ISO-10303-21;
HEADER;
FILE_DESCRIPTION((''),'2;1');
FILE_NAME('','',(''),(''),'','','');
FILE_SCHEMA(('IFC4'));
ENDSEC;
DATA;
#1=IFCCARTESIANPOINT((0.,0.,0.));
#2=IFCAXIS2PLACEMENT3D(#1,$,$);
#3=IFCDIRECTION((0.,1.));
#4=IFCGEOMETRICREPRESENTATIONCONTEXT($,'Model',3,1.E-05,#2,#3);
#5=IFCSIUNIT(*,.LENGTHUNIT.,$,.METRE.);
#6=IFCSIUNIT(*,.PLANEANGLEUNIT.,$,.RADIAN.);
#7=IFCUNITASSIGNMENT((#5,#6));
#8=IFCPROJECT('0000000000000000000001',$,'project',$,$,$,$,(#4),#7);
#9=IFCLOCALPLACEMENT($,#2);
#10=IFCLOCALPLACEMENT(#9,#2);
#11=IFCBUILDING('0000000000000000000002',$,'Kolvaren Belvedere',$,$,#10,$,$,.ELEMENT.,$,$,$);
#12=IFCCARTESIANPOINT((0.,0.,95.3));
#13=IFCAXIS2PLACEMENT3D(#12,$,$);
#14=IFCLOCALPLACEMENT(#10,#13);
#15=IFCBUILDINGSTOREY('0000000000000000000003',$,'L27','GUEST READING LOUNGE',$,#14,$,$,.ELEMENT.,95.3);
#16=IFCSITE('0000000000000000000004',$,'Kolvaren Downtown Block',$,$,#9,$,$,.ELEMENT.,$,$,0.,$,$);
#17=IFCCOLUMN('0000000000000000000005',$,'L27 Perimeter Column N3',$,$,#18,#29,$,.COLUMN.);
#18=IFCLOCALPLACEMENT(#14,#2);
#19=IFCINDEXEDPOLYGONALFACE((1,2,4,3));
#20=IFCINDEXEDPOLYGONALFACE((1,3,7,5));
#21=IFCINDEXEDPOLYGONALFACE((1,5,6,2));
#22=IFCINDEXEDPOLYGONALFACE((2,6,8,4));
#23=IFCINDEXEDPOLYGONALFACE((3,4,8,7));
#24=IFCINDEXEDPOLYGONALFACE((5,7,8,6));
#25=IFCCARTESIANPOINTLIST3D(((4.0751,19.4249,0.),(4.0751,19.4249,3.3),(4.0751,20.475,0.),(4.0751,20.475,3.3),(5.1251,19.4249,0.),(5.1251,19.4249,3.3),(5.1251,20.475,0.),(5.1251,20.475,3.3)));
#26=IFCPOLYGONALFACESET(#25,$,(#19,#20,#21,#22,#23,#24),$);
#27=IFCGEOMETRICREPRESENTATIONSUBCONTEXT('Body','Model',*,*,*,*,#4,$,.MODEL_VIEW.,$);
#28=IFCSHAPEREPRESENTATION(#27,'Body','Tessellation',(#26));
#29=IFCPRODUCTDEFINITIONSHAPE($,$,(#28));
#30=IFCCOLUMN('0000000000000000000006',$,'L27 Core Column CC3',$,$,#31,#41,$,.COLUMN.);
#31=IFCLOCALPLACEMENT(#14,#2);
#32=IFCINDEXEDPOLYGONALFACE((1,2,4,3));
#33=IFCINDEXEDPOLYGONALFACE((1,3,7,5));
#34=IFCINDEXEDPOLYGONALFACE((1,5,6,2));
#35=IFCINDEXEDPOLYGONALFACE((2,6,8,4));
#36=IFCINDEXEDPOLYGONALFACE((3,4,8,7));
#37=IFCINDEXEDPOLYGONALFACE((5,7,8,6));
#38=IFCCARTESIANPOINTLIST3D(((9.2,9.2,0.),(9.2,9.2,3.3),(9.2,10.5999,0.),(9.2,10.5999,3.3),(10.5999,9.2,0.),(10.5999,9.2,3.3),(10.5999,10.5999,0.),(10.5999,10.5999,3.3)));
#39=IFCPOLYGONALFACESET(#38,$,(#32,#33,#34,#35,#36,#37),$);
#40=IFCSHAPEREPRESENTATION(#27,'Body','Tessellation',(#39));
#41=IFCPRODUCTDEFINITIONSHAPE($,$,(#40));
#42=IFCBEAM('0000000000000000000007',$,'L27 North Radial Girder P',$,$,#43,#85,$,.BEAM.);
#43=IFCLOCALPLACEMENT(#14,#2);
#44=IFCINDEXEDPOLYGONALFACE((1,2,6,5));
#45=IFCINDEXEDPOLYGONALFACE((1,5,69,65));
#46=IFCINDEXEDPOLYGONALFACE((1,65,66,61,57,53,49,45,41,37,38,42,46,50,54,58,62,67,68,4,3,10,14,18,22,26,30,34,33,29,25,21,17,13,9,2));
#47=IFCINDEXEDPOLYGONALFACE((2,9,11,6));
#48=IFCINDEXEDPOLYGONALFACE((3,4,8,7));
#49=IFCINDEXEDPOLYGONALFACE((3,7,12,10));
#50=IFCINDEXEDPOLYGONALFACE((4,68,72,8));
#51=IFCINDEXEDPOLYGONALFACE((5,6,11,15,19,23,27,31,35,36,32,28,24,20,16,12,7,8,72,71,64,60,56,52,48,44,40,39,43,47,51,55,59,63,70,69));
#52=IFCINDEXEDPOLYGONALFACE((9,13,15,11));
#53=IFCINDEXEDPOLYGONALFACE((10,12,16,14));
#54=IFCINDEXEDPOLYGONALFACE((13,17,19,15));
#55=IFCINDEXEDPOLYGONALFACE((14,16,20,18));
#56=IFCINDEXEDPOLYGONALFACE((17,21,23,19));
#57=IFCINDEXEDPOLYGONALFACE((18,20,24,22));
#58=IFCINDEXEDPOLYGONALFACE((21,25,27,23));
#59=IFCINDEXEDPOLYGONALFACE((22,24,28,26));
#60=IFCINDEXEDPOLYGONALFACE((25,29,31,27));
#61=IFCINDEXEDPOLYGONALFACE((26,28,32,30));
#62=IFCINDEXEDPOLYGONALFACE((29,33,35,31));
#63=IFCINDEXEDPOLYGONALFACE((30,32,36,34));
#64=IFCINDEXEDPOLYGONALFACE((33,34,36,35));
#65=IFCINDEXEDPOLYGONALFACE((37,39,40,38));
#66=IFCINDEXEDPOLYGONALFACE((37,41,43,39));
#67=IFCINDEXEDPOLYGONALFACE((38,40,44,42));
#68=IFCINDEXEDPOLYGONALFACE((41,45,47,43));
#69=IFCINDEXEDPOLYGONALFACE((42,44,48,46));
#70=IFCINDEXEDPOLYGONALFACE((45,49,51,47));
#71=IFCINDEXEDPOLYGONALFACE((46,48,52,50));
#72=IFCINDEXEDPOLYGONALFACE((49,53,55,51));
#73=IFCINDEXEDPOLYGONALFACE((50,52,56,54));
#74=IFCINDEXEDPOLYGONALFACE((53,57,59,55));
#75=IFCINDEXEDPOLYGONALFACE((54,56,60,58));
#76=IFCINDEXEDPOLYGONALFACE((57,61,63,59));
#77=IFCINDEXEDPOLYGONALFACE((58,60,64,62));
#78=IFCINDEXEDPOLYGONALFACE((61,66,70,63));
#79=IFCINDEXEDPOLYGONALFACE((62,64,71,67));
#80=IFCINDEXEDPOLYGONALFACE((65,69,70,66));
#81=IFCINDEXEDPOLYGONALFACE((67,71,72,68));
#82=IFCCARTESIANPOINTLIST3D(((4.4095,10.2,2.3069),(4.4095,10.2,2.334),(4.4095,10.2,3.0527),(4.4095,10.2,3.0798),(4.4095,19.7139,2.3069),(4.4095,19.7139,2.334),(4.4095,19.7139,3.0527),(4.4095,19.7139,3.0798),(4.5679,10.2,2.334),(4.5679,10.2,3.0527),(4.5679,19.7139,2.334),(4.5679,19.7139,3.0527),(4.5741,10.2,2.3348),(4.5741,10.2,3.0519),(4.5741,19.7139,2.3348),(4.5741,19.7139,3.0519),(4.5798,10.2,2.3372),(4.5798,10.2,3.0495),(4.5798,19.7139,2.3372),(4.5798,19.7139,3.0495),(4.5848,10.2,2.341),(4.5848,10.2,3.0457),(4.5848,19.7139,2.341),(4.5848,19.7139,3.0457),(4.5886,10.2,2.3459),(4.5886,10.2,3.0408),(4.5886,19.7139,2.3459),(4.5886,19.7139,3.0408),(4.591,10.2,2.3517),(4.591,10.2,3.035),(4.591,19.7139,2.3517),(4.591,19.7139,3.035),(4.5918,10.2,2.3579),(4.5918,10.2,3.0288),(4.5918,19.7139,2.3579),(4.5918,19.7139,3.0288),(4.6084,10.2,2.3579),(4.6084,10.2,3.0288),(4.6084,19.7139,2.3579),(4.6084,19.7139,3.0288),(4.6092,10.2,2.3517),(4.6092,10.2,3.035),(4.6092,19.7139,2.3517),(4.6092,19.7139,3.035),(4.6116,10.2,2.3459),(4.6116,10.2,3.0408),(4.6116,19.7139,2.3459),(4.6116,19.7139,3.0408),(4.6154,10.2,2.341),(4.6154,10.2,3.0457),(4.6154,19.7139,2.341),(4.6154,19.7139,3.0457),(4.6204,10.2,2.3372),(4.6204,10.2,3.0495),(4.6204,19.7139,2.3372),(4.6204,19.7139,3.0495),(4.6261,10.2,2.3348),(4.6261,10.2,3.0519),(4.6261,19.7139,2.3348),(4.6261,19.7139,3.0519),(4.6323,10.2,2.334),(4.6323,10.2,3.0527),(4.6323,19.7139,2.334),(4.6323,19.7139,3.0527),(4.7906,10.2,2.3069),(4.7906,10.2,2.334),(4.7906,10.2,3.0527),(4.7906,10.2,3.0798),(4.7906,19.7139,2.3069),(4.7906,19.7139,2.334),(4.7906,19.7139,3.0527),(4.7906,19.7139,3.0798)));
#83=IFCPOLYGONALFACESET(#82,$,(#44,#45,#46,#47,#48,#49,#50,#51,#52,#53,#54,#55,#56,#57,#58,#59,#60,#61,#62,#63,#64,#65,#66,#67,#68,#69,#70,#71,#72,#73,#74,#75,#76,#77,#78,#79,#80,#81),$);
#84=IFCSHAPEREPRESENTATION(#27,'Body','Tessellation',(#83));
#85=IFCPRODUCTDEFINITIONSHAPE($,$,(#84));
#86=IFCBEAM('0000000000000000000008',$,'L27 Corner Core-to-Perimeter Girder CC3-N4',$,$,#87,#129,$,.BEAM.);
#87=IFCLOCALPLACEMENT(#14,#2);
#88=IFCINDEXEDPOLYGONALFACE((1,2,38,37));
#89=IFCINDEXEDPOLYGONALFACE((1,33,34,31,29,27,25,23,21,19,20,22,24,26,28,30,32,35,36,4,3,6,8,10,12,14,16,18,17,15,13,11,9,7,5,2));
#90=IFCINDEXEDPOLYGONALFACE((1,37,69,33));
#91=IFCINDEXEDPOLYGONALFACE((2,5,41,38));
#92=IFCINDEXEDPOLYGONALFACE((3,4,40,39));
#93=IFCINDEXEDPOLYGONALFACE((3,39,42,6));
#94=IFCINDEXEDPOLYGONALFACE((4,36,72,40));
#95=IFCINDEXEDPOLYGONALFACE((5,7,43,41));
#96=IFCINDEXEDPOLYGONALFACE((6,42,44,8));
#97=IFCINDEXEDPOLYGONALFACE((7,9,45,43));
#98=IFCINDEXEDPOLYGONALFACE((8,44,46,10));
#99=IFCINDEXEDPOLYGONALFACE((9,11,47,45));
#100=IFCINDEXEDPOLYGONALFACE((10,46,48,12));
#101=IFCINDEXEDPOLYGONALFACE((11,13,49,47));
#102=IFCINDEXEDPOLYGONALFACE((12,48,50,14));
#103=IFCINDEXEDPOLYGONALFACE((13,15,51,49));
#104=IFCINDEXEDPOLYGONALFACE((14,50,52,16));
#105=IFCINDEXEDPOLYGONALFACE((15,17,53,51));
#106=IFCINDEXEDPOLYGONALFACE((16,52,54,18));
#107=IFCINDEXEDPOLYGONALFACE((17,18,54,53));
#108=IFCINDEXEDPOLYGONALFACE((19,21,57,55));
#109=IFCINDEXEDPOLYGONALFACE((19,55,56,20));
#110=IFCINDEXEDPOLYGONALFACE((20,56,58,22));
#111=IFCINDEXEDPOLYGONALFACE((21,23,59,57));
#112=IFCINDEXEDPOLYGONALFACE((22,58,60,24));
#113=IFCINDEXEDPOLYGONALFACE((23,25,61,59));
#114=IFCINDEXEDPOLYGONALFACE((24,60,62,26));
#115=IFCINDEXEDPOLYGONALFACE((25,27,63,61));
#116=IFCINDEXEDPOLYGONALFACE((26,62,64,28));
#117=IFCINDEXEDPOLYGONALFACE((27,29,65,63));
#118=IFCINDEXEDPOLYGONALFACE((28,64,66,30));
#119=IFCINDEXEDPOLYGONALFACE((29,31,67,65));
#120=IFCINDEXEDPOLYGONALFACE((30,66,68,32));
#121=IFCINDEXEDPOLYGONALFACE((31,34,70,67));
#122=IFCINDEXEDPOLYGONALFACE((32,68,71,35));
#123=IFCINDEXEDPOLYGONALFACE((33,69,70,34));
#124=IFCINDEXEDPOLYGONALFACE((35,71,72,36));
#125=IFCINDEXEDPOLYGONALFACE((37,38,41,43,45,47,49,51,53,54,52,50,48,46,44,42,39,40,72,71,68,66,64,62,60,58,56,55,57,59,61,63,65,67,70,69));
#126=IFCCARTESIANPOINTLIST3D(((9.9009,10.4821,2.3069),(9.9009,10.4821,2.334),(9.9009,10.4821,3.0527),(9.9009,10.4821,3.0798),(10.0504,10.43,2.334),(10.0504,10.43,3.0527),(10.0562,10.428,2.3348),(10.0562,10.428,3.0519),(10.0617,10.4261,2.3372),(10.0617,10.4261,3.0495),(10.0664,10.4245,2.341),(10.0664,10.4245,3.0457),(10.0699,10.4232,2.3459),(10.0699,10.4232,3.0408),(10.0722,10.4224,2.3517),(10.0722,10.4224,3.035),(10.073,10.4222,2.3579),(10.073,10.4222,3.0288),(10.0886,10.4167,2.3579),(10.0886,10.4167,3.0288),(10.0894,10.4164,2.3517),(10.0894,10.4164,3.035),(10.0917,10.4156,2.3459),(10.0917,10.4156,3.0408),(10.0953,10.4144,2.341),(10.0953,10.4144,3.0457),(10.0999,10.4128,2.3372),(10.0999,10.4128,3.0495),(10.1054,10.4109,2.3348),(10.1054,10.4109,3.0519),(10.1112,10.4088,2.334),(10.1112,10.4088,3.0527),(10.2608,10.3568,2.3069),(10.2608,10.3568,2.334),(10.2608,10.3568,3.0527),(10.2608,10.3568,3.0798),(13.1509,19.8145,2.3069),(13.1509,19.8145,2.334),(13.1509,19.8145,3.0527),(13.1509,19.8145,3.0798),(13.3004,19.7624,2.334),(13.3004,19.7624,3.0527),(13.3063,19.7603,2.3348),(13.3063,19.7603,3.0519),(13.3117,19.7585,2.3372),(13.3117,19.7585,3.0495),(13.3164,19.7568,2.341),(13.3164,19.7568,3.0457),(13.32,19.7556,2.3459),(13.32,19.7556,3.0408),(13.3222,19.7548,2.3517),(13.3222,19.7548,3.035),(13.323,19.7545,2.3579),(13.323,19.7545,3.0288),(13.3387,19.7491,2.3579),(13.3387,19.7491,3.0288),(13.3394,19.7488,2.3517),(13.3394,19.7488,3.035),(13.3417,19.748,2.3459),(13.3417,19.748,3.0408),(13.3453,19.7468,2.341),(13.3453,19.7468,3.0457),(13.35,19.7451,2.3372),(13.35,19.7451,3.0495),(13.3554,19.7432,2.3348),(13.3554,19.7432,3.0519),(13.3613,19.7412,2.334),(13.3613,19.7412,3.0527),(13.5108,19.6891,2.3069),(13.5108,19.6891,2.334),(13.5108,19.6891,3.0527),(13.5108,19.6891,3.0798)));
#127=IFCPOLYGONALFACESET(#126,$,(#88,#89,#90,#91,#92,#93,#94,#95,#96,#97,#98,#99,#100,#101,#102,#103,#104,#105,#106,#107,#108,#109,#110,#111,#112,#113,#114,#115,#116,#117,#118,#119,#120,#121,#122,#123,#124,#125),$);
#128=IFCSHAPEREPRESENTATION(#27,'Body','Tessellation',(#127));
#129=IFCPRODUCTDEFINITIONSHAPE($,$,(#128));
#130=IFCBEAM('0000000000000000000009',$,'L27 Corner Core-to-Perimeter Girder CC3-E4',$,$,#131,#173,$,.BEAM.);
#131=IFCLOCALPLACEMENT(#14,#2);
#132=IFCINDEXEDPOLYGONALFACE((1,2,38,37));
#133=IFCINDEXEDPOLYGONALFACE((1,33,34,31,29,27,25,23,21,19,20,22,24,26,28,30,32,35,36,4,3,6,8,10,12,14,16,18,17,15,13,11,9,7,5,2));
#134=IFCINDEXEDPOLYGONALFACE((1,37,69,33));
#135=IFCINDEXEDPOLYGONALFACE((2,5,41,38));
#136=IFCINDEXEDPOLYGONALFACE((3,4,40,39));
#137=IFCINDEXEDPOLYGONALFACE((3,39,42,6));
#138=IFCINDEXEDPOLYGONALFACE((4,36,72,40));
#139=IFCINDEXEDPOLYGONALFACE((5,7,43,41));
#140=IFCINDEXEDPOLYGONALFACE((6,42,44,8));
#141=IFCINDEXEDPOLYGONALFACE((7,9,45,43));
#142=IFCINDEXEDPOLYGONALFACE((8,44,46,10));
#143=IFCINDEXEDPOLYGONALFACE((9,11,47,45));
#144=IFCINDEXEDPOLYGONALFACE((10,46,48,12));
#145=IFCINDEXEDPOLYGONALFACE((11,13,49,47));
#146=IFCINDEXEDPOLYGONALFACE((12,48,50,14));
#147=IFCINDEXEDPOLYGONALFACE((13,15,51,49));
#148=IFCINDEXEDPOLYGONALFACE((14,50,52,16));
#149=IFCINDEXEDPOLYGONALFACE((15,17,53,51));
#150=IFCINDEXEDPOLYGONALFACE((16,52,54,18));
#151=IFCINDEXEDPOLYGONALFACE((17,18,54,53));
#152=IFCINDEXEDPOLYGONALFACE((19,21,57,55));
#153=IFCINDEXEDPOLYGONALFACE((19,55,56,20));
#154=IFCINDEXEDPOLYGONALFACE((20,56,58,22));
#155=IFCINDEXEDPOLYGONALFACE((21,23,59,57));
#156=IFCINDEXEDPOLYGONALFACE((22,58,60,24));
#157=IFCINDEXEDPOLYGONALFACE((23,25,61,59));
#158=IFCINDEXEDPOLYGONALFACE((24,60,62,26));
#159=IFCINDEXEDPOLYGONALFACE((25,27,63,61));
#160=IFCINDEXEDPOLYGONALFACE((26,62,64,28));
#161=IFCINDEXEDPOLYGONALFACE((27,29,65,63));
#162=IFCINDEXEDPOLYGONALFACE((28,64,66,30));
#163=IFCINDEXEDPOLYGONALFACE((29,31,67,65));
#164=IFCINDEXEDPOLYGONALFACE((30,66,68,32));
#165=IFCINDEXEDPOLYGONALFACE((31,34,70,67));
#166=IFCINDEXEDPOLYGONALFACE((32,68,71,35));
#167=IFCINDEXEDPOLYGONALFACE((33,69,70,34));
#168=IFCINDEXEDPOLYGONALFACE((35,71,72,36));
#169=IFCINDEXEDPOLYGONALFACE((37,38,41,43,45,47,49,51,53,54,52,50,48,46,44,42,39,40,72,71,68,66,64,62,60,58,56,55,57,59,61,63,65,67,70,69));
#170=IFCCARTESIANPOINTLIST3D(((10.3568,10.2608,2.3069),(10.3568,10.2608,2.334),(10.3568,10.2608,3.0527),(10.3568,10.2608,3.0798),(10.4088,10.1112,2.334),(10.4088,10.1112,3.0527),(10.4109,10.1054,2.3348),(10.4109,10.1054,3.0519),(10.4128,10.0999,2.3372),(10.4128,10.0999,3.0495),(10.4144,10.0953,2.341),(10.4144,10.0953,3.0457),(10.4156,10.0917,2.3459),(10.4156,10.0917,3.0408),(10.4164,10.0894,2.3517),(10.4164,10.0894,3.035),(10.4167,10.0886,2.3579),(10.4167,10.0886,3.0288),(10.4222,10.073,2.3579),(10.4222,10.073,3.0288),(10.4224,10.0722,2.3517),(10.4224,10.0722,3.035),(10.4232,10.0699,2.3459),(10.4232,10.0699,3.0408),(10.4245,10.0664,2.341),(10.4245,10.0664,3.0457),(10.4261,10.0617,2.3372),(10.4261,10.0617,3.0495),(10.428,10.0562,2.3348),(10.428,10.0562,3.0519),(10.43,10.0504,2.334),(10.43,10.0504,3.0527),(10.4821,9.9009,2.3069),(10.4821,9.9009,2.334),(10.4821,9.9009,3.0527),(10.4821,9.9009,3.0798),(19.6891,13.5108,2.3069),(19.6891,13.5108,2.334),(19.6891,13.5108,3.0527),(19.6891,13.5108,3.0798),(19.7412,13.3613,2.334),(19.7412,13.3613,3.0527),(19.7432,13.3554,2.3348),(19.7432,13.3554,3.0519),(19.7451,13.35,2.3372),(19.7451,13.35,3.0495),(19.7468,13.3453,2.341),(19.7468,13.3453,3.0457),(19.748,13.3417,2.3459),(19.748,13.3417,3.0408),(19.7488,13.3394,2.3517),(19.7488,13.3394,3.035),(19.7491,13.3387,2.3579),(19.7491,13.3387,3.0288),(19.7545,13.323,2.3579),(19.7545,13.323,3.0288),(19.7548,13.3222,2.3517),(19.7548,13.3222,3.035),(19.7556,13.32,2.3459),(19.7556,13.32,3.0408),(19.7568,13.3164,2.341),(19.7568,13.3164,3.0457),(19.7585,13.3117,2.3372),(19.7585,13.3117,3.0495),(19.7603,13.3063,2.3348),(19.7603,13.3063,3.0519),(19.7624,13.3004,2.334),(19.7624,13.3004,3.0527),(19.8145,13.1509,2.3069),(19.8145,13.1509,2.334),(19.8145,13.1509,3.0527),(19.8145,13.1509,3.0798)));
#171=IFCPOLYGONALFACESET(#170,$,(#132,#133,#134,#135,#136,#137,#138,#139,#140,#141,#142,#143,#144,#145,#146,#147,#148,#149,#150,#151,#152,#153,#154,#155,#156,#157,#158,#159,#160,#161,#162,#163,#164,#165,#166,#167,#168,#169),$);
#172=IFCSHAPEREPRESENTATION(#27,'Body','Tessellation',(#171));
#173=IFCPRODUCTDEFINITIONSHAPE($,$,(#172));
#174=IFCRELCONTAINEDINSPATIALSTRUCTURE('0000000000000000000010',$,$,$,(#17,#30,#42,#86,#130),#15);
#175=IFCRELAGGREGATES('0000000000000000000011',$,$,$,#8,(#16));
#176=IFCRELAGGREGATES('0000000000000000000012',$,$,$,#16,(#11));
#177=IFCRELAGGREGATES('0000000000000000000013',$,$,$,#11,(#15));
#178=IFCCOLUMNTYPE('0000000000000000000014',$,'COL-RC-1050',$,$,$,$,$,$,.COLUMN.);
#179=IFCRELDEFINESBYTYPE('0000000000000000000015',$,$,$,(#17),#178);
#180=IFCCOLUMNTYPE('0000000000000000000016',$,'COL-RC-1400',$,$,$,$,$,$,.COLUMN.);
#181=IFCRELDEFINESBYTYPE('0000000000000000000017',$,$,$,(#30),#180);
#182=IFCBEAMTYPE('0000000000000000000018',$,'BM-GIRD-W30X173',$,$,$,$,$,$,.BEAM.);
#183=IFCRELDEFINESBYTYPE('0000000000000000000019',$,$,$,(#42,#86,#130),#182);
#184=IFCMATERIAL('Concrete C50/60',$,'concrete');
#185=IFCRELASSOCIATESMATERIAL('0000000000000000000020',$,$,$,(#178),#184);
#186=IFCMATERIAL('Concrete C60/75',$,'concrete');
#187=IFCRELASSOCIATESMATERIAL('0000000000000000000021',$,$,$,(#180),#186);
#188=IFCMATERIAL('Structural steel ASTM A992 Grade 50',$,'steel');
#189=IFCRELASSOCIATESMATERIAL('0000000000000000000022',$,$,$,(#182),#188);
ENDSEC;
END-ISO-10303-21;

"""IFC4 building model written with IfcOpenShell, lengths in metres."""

from ifc_helpers import new_model, si_unit, direction, frame, origin, origin_2d, place, context, subcontext, project, spatial, rectangle, i_section, extrude, material, material_profile, profile_set, type_object, element, save


model = new_model("IFC4")

# Units and contexts
model_context = context("Model", 3, precision=1e-05, world=origin(), true_north=direction((0.0, 1.0)))
body_context = subcontext(model_context, "Body", "Model", "MODEL_VIEW")
ifc_project = project(units=[si_unit("LENGTHUNIT", "METRE"), si_unit("PLANEANGLEUNIT", "RADIAN")], contexts=[model_context])

# Site, building, storey
site_placement = place(None, origin())
site = spatial("IfcSite", under=ifc_project, at=site_placement, Name="Kolvaren Downtown Block", CompositionType="ELEMENT", RefElevation=0.0)
building_placement = place(site_placement, origin())
building = spatial("IfcBuilding", under=site, at=building_placement, Name="Kolvaren Belvedere", CompositionType="ELEMENT")
storey_placement = place(building_placement, frame((0.0, 0.0, 95.3)))
storey = spatial("IfcBuildingStorey", under=building, at=storey_placement, Name="L27", Description="GUEST READING LOUNGE", CompositionType="ELEMENT", Elevation=95.3)

# Columns
ifc_material_1 = material(Name="Concrete C50/60", Category="concrete")
ifc_material_profile_1 = material_profile(ifc_material_1, rectangle(XDim=1.05, YDim=1.05, at=origin_2d()), Name="RC 1050X1050")
ifc_profile_set_1 = profile_set([ifc_material_profile_1], Name="Concrete C50/60")
column_type_1 = type_object("IfcColumnType", Name="COL-RC-1050", PredefinedType="COLUMN", material=ifc_profile_set_1)
column_1_placement = place(storey_placement, frame((4.6001, 19.95, 0.0), z_axis=(0.0, 0.0, 1.0), x_axis=(1.0, 0.0, 0.0)))
element("IfcColumn", 1, at=column_1_placement, inside=storey, type_object=column_type_1, Name="L27 Perimeter Column N3", PredefinedType="COLUMN", context=body_context, shape_type="SweptSolid", body=[
    extrude(rectangle(XDim=1.05, YDim=1.05, at=origin_2d()), origin(), (0.0, 0.0, 1.0), 3.3),
])
ifc_material_2 = material(Name="Concrete C60/75", Category="concrete")
ifc_material_profile_2 = material_profile(ifc_material_2, rectangle(XDim=1.3999, YDim=1.3999, at=origin_2d()), Name="RC 1400X1400")
ifc_profile_set_2 = profile_set([ifc_material_profile_2], Name="Concrete C60/75")
column_type_2 = type_object("IfcColumnType", Name="COL-RC-1400", PredefinedType="COLUMN", material=ifc_profile_set_2)
column_2_placement = place(storey_placement, frame((9.8999, 9.8999, 0.0), z_axis=(0.0, 0.0, 1.0), x_axis=(1.0, 0.0, 0.0)))
element("IfcColumn", 2, at=column_2_placement, inside=storey, type_object=column_type_2, Name="L27 Core Column CC3", PredefinedType="COLUMN", context=body_context, shape_type="SweptSolid", body=[
    extrude(rectangle(XDim=1.3999, YDim=1.3999, at=origin_2d()), origin(), (0.0, 0.0, 1.0), 3.3),
])

# Beams
ifc_material_3 = material(Name="Structural steel ASTM A992 Grade 50", Category="steel")
ifc_material_profile_3 = material_profile(ifc_material_3, i_section(OverallWidth=0.3811, OverallDepth=0.7729, WebThickness=0.0166, FlangeThickness=0.0271, FilletRadius=0.0239, at=origin_2d()), Name="W30X173")
ifc_profile_set_3 = profile_set([ifc_material_profile_3], Name="Structural steel ASTM A992 Grade 50")
beam_type_1 = type_object("IfcBeamType", Name="BM-GIRD-W30X173", PredefinedType="BEAM", material=ifc_profile_set_3)
beam_1_placement = place(storey_placement, frame((4.6001, 10.2, 2.6934), z_axis=(0.0, 1.0, 0.0), x_axis=(-1.0, 0.0, 0.0)))
element("IfcBeam", 3, at=beam_1_placement, inside=storey, type_object=beam_type_1, Name="L27 North Radial Girder P", PredefinedType="BEAM", context=body_context, shape_type="SweptSolid", body=[
    extrude(i_section(OverallWidth=0.3811, OverallDepth=0.7729, WebThickness=0.0166, FlangeThickness=0.0271, FilletRadius=0.0239, at=origin_2d()), origin(), (0.0, 0.0, 1.0), 9.5139),
])
for number, where, z_axis, x_axis, name in (
    (4, (10.0808, 10.4194, 2.6934), (0.328881, 0.944371, 0.0), (-0.944371, 0.328881, 0.0), "L27 Corner Core-to-Perimeter Girder CC3-N4"),
    (5, (10.4194, 10.0808, 2.6934), (0.944371, 0.328881, 0.0), (-0.328881, 0.944371, 0.0), "L27 Corner Core-to-Perimeter Girder CC3-E4"),
):
    element("IfcBeam", number, at=place(storey_placement, frame(where, z_axis=z_axis, x_axis=x_axis)), inside=storey, type_object=beam_type_1, Name=name, PredefinedType="BEAM", context=body_context, shape_type="SweptSolid", body=[
        extrude(i_section(OverallWidth=0.3811, OverallDepth=0.7729, WebThickness=0.0166, FlangeThickness=0.0271, FilletRadius=0.0239, at=origin_2d()), origin(), (0.0, 0.0, 1.0), 9.8821),
    ])

save(model, "model.ifc")
